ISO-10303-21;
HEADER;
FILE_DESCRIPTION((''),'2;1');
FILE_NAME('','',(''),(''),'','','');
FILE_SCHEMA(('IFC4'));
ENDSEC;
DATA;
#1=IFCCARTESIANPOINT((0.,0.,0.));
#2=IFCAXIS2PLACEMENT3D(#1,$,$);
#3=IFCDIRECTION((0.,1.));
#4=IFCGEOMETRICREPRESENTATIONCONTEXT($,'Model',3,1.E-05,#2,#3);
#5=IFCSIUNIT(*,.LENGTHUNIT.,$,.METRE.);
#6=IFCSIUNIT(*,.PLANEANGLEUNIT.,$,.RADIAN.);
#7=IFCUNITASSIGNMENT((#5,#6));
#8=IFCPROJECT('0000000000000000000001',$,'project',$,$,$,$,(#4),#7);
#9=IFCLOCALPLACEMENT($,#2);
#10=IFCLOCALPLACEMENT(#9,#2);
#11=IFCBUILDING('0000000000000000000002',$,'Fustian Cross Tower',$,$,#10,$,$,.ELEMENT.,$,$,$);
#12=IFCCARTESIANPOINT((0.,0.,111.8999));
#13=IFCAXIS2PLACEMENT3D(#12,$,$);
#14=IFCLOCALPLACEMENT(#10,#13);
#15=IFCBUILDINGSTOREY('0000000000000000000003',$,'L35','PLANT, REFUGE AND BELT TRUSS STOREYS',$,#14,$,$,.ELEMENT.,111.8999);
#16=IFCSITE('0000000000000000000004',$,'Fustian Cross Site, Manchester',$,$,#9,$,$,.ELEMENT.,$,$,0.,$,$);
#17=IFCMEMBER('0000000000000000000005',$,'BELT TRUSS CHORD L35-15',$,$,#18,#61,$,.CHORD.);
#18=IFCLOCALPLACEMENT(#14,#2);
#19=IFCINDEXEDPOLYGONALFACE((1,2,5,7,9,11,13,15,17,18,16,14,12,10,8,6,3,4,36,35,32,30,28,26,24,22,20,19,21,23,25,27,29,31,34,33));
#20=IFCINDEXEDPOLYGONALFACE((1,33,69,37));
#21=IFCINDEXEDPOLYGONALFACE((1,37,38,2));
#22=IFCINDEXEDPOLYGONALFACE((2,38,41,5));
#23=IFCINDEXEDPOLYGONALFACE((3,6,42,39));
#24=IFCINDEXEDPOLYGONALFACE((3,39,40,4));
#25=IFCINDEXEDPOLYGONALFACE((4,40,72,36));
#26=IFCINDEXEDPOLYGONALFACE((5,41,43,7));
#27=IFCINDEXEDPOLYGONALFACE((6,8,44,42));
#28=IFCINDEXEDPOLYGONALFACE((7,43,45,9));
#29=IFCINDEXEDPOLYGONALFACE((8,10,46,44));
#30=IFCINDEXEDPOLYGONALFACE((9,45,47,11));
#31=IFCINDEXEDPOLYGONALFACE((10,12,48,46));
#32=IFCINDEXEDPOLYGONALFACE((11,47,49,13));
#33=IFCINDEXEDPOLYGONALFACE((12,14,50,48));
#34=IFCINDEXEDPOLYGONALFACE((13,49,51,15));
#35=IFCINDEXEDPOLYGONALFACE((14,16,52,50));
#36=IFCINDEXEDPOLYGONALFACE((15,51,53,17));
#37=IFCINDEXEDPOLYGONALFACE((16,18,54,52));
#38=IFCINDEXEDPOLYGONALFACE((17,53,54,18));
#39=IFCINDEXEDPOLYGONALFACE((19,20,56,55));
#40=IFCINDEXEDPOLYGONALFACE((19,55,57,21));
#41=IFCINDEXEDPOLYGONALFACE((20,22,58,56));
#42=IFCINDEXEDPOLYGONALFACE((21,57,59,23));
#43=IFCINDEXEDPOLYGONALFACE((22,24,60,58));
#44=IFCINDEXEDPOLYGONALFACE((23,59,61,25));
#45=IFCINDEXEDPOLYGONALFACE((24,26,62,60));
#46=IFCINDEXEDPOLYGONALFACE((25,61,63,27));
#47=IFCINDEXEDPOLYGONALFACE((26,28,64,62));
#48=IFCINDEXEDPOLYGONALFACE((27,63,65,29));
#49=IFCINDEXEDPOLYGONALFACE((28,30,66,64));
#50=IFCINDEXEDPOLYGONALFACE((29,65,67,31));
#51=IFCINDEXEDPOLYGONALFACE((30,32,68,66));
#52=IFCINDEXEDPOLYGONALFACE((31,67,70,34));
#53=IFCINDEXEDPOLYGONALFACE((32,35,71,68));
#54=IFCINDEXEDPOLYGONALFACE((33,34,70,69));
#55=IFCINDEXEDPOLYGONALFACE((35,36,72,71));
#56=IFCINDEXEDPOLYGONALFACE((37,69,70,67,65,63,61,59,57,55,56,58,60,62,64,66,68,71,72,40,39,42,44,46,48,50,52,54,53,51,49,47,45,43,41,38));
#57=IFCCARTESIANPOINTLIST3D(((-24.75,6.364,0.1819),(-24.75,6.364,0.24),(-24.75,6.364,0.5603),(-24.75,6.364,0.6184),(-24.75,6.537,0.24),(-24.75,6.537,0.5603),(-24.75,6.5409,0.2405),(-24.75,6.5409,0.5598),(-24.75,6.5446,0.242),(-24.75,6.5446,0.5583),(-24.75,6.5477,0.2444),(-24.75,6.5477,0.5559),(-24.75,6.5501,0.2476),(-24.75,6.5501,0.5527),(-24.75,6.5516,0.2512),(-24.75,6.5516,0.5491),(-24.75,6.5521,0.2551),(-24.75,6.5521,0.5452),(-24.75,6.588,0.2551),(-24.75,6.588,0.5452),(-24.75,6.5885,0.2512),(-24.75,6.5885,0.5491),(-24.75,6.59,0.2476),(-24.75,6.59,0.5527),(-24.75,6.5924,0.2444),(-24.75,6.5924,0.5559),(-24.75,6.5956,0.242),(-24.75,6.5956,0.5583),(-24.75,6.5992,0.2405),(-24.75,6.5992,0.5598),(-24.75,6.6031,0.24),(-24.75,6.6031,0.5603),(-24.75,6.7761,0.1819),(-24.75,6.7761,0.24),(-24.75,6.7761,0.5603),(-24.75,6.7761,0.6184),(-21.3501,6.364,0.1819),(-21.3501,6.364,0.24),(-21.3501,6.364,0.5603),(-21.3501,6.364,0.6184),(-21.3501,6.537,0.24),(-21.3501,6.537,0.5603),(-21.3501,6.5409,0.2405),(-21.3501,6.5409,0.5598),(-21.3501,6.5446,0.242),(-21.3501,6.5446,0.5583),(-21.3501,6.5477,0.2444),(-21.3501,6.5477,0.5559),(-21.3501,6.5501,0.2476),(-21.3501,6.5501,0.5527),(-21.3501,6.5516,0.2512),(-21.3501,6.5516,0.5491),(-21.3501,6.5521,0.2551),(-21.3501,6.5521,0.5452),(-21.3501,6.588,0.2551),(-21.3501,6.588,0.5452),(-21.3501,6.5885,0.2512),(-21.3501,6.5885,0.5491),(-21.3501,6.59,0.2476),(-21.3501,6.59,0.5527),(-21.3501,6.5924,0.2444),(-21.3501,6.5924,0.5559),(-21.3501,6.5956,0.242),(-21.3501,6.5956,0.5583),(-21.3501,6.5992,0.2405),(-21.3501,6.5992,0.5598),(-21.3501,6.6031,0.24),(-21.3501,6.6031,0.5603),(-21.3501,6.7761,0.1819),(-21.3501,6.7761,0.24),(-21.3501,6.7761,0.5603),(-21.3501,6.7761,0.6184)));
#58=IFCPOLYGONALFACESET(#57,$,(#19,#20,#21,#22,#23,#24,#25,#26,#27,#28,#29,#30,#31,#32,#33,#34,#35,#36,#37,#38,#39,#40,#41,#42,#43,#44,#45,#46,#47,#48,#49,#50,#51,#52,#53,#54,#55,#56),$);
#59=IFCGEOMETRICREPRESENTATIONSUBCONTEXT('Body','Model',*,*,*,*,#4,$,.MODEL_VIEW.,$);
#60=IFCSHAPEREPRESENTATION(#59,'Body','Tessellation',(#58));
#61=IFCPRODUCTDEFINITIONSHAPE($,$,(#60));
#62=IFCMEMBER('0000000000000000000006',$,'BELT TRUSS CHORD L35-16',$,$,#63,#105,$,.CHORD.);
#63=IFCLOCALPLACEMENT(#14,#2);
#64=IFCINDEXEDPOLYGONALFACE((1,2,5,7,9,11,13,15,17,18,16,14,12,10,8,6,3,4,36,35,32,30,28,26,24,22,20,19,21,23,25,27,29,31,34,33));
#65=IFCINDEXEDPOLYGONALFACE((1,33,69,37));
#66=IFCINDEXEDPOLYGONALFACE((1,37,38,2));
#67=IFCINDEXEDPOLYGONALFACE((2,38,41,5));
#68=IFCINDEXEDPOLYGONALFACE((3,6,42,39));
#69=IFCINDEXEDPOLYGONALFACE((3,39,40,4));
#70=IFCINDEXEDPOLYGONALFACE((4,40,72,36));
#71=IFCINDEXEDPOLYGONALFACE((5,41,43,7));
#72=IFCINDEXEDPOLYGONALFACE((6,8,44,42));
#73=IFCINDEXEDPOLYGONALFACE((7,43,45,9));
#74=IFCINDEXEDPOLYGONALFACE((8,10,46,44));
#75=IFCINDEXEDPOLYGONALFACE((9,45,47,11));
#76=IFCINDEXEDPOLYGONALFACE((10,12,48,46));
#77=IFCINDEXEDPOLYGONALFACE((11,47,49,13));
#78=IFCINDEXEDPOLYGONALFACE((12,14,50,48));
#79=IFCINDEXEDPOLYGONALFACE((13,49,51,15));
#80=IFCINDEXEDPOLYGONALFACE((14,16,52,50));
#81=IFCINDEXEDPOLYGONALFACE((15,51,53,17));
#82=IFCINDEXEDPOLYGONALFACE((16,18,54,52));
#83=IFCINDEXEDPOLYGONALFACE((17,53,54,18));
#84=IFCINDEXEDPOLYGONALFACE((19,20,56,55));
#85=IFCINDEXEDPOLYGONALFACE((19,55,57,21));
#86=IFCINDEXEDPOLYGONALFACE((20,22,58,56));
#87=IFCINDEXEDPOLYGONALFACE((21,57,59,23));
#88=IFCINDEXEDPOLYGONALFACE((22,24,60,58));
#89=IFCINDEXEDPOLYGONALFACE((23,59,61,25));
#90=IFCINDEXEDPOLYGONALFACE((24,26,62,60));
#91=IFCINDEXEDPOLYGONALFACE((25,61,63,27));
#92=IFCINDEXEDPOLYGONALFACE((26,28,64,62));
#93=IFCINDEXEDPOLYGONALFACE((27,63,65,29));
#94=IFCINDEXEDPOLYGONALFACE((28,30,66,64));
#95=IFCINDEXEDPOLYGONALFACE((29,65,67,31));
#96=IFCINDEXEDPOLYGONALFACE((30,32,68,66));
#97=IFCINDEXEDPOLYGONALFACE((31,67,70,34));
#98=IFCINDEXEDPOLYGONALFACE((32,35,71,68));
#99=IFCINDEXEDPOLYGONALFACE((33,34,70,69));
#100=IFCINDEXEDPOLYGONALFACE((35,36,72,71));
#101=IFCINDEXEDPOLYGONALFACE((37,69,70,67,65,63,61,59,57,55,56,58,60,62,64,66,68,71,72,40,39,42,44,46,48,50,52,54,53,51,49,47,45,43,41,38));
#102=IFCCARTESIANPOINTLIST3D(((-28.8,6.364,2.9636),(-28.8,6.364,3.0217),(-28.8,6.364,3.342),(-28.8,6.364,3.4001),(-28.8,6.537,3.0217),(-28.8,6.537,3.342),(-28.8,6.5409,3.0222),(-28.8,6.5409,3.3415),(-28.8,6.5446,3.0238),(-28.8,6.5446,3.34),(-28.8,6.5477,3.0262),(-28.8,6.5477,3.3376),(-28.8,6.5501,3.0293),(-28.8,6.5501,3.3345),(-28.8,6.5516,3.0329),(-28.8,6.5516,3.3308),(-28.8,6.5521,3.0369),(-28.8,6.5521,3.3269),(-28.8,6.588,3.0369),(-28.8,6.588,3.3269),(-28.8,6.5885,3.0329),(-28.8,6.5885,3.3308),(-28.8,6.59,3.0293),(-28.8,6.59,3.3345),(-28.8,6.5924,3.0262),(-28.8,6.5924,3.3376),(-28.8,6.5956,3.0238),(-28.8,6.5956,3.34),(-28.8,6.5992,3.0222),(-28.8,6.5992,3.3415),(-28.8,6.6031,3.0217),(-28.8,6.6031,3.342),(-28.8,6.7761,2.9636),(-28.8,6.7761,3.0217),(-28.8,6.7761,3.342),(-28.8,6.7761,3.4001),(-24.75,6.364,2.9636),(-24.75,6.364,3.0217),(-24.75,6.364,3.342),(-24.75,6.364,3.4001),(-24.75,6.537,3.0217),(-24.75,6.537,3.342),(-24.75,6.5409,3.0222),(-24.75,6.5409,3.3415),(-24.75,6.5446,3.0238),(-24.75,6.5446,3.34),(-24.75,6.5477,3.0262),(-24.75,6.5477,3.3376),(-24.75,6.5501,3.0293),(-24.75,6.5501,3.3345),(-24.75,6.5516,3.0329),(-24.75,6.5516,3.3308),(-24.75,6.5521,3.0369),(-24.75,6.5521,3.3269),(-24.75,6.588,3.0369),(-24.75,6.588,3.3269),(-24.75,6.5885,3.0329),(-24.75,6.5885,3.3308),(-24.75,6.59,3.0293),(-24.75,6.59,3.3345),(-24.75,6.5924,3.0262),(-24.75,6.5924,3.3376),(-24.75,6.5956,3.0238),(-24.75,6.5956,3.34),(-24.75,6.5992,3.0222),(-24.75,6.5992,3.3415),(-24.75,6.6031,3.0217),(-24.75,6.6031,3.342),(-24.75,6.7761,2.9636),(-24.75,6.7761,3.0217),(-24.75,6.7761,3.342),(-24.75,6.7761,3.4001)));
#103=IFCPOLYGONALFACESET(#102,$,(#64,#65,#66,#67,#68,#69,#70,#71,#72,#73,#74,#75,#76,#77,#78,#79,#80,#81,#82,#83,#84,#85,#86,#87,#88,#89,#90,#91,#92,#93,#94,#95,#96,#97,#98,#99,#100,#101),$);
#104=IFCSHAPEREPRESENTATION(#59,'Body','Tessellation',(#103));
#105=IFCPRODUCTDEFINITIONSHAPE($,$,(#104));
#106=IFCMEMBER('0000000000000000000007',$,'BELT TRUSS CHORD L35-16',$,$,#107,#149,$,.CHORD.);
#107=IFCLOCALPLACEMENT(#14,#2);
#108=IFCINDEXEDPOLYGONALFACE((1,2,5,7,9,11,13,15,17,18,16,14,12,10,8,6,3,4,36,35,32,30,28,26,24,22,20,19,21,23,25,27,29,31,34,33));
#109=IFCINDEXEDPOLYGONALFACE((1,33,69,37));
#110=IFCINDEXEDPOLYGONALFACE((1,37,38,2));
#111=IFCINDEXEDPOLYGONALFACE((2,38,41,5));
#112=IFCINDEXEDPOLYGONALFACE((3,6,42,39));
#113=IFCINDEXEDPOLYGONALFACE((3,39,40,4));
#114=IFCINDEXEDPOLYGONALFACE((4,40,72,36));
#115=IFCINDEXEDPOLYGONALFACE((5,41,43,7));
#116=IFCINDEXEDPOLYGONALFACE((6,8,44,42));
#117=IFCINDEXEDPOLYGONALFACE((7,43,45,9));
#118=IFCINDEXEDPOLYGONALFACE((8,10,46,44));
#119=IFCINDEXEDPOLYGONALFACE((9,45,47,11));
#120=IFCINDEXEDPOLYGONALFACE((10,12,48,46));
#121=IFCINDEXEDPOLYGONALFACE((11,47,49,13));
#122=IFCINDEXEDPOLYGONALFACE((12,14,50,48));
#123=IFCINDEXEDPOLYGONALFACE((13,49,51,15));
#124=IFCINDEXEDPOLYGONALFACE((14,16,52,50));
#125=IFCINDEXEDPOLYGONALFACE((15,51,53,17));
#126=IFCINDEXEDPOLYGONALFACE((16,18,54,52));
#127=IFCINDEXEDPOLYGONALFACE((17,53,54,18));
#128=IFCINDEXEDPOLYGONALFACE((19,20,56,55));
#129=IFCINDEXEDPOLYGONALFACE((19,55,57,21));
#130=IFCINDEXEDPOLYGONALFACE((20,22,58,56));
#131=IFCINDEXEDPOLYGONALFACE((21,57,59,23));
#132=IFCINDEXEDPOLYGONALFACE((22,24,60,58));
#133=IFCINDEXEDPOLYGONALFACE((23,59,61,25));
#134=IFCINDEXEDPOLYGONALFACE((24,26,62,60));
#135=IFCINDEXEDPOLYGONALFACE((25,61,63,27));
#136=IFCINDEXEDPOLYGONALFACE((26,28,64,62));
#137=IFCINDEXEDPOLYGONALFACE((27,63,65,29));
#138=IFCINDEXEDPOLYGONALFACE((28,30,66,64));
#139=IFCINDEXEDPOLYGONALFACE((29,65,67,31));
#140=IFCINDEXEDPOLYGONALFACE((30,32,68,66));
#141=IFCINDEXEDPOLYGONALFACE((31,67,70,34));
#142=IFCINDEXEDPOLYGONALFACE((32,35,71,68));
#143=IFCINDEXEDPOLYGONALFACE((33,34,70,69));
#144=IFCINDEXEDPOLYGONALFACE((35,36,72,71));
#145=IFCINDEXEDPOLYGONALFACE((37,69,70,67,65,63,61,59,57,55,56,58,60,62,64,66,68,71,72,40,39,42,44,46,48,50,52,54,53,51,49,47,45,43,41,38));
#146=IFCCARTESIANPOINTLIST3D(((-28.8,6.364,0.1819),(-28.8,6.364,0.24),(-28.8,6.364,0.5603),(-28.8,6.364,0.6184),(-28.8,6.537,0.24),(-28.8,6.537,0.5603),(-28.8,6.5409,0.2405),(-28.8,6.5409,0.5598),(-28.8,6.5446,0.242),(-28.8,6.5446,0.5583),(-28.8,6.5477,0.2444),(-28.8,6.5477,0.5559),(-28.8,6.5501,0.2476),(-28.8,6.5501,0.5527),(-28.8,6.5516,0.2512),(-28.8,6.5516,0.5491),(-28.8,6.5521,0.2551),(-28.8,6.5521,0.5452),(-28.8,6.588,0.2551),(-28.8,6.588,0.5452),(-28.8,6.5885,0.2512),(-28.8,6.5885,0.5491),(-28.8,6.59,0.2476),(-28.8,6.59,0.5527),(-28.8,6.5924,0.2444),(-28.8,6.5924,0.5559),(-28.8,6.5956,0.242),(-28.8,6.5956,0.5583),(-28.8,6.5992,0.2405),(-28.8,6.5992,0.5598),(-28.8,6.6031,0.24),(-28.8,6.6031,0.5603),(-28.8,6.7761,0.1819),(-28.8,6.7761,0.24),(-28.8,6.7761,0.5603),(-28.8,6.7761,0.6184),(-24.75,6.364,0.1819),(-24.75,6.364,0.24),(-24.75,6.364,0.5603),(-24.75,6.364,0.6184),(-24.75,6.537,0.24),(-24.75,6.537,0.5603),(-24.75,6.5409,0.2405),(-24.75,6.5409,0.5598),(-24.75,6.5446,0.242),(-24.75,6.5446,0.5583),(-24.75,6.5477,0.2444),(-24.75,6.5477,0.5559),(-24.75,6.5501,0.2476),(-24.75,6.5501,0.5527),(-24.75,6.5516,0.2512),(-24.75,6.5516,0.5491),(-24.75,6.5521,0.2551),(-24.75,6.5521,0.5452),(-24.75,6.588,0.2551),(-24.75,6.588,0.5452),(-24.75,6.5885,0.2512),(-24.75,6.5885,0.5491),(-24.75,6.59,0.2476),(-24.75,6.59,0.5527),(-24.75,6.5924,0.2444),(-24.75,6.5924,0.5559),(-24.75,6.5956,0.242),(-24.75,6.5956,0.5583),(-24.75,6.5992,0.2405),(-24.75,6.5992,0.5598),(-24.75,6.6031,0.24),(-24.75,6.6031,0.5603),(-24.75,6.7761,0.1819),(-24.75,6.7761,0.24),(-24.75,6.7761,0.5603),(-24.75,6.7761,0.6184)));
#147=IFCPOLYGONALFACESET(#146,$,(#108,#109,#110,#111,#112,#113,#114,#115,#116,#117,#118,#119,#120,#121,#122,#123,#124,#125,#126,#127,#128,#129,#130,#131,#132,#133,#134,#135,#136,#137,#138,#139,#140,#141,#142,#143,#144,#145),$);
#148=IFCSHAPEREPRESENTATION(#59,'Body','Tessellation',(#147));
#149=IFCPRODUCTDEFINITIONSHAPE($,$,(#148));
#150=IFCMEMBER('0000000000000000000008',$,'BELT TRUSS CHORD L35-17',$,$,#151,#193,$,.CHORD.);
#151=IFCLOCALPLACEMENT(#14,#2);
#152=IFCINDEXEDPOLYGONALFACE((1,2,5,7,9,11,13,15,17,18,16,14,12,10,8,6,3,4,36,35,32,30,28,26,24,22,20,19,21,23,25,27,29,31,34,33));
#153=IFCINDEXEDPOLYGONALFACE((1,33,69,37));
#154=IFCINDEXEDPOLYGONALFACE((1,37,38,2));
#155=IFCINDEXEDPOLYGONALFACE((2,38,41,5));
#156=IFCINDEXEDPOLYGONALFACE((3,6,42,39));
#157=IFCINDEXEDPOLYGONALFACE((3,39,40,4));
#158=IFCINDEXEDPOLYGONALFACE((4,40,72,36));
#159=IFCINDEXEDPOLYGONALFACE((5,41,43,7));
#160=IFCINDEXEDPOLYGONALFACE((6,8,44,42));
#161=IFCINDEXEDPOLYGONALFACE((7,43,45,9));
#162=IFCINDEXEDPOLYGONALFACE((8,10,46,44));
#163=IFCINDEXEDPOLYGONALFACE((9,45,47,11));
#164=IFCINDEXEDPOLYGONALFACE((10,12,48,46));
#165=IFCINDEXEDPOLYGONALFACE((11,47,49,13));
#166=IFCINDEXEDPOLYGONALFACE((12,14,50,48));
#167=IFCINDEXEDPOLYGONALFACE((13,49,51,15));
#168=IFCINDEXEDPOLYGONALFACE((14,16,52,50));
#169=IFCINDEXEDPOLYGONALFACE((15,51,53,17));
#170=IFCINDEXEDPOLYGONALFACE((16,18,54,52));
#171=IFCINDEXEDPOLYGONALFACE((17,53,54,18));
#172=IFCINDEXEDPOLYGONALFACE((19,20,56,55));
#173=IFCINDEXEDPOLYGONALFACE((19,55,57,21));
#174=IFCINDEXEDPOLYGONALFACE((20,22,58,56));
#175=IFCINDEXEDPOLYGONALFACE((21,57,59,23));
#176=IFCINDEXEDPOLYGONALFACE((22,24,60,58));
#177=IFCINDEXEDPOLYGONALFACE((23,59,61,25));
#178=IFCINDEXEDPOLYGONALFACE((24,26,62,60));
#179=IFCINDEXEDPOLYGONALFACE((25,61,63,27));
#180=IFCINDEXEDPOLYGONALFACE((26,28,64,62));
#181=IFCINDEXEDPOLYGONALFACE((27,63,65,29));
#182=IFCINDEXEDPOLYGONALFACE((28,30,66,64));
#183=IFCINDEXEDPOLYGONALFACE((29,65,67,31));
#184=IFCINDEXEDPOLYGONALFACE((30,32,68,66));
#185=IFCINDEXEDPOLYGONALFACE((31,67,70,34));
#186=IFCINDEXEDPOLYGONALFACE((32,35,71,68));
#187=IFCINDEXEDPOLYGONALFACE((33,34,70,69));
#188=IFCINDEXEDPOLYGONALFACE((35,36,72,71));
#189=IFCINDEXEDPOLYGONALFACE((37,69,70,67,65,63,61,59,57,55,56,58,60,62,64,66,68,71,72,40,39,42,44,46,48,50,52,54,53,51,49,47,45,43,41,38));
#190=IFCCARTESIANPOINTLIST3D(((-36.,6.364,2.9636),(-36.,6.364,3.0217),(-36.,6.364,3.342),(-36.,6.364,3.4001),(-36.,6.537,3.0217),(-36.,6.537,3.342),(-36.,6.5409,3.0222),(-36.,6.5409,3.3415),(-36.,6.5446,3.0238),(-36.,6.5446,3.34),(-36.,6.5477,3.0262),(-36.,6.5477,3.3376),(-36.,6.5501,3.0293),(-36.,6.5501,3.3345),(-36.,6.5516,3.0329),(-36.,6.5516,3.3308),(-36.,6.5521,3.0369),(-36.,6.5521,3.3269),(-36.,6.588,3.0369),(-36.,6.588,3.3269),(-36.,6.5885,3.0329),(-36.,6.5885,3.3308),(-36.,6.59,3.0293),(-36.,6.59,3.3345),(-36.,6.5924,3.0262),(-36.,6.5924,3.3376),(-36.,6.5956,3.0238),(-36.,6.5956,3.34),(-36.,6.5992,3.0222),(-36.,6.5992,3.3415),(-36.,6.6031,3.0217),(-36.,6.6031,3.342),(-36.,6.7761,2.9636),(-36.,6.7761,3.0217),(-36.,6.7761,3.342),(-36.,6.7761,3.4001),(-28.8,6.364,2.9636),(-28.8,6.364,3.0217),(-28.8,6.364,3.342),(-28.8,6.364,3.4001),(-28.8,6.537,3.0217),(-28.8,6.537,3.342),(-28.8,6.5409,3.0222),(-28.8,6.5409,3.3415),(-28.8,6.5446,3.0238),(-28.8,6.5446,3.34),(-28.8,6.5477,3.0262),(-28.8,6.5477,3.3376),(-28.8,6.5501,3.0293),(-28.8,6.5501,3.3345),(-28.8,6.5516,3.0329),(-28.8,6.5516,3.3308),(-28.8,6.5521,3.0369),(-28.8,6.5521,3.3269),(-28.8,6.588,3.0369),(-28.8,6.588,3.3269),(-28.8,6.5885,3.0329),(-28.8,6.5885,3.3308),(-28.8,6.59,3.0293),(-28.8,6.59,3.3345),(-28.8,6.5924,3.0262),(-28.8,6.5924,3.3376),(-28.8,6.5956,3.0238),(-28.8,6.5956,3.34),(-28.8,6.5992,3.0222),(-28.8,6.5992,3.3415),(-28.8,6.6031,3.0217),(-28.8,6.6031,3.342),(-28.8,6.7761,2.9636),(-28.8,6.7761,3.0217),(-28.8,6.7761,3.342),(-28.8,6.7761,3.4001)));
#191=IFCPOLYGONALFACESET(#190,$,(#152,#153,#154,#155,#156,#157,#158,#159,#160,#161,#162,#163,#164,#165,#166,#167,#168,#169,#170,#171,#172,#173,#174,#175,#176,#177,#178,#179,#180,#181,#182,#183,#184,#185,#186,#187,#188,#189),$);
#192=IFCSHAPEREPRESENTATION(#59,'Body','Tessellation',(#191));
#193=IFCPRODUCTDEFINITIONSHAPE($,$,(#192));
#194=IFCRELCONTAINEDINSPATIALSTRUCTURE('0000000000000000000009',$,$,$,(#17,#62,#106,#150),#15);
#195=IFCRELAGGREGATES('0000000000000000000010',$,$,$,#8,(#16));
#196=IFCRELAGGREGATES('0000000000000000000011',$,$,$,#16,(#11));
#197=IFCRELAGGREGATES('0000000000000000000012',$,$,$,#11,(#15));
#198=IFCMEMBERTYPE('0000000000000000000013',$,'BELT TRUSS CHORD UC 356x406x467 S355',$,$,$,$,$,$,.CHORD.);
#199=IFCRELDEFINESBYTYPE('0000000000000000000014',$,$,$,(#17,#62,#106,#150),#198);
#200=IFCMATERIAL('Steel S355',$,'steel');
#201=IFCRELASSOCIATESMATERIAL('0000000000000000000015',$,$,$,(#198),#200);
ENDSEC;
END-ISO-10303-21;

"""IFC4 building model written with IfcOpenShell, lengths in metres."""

from ifc_helpers import new_model, si_unit, direction, frame, origin, origin_2d, place, context, subcontext, project, spatial, i_section, extrude, material, material_profile, profile_set, type_object, element, save


model = new_model("IFC4")

# Units and contexts
model_context = context("Model", 3, precision=1e-05, world=origin(), true_north=direction((0.0, 1.0)))
body_context = subcontext(model_context, "Body", "Model", "MODEL_VIEW")
ifc_project = project(units=[si_unit("LENGTHUNIT", "METRE"), si_unit("PLANEANGLEUNIT", "RADIAN")], contexts=[model_context])

# Site, building, storey
site_placement = place(None, origin())
site = spatial("IfcSite", under=ifc_project, at=site_placement, Name="Fustian Cross Site, Manchester", CompositionType="ELEMENT", RefElevation=0.0)
building_placement = place(site_placement, origin())
building = spatial("IfcBuilding", under=site, at=building_placement, Name="Fustian Cross Tower", CompositionType="ELEMENT")
storey_placement = place(building_placement, frame((0.0, 0.0, 111.8999)))
storey = spatial("IfcBuildingStorey", under=building, at=storey_placement, Name="L35", Description="PLANT, REFUGE AND BELT TRUSS STOREYS", CompositionType="ELEMENT", Elevation=111.8999)

# Members
ifc_material_1 = material(Name="Steel S355", Category="steel")
ifc_material_profile_1 = material_profile(ifc_material_1, i_section(OverallWidth=0.4121, OverallDepth=0.4365, WebThickness=0.0359, FlangeThickness=0.0581, FilletRadius=0.0151, at=origin_2d()), Name="UC 356x406x467")
ifc_profile_set_1 = profile_set([ifc_material_profile_1], Name="Steel S355")
member_type_1 = type_object("IfcMemberType", Name="BELT TRUSS CHORD UC 356x406x467 S355", PredefinedType="CHORD", material=ifc_profile_set_1)
for number, where, z_axis, x_axis, name in (
    (1, (-21.3501, 6.5701, 0.4001), (-1.0, 0.0, 0.0), (0.0, -1.0, 0.0), "BELT TRUSS CHORD L35-15"),
):
    element("IfcMember", number, at=place(storey_placement, frame(where, z_axis=z_axis, x_axis=x_axis)), inside=storey, type_object=member_type_1, Name=name, PredefinedType="CHORD", context=body_context, shape_type="SweptSolid", body=[
        extrude(i_section(OverallWidth=0.4121, OverallDepth=0.4365, WebThickness=0.0359, FlangeThickness=0.0581, FilletRadius=0.0151, at=origin_2d()), origin(), (0.0, 0.0, 1.0), 3.3999),
    ])
for number, where, z_axis, x_axis, name in (
    (2, (-24.75, 6.5701, 3.1819), (-1.0, 0.0, 0.0), (0.0, -1.0, 0.0), "BELT TRUSS CHORD L35-16"),
    (3, (-24.75, 6.5701, 0.4001), (-1.0, 0.0, 0.0), (0.0, -1.0, 0.0), "BELT TRUSS CHORD L35-16"),
):
    element("IfcMember", number, at=place(storey_placement, frame(where, z_axis=z_axis, x_axis=x_axis)), inside=storey, type_object=member_type_1, Name=name, PredefinedType="CHORD", context=body_context, shape_type="SweptSolid", body=[
        extrude(i_section(OverallWidth=0.4121, OverallDepth=0.4365, WebThickness=0.0359, FlangeThickness=0.0581, FilletRadius=0.0151, at=origin_2d()), origin(), (0.0, 0.0, 1.0), 4.05),
    ])
for number, where, z_axis, x_axis, name in (
    (4, (-28.8, 6.5701, 3.1819), (-1.0, 0.0, 0.0), (0.0, -1.0, 0.0), "BELT TRUSS CHORD L35-17"),
):
    element("IfcMember", number, at=place(storey_placement, frame(where, z_axis=z_axis, x_axis=x_axis)), inside=storey, type_object=member_type_1, Name=name, PredefinedType="CHORD", context=body_context, shape_type="SweptSolid", body=[
        extrude(i_section(OverallWidth=0.4121, OverallDepth=0.4365, WebThickness=0.0359, FlangeThickness=0.0581, FilletRadius=0.0151, at=origin_2d()), origin(), (0.0, 0.0, 1.0), 7.2),
    ])

save(model, "model.ifc")
